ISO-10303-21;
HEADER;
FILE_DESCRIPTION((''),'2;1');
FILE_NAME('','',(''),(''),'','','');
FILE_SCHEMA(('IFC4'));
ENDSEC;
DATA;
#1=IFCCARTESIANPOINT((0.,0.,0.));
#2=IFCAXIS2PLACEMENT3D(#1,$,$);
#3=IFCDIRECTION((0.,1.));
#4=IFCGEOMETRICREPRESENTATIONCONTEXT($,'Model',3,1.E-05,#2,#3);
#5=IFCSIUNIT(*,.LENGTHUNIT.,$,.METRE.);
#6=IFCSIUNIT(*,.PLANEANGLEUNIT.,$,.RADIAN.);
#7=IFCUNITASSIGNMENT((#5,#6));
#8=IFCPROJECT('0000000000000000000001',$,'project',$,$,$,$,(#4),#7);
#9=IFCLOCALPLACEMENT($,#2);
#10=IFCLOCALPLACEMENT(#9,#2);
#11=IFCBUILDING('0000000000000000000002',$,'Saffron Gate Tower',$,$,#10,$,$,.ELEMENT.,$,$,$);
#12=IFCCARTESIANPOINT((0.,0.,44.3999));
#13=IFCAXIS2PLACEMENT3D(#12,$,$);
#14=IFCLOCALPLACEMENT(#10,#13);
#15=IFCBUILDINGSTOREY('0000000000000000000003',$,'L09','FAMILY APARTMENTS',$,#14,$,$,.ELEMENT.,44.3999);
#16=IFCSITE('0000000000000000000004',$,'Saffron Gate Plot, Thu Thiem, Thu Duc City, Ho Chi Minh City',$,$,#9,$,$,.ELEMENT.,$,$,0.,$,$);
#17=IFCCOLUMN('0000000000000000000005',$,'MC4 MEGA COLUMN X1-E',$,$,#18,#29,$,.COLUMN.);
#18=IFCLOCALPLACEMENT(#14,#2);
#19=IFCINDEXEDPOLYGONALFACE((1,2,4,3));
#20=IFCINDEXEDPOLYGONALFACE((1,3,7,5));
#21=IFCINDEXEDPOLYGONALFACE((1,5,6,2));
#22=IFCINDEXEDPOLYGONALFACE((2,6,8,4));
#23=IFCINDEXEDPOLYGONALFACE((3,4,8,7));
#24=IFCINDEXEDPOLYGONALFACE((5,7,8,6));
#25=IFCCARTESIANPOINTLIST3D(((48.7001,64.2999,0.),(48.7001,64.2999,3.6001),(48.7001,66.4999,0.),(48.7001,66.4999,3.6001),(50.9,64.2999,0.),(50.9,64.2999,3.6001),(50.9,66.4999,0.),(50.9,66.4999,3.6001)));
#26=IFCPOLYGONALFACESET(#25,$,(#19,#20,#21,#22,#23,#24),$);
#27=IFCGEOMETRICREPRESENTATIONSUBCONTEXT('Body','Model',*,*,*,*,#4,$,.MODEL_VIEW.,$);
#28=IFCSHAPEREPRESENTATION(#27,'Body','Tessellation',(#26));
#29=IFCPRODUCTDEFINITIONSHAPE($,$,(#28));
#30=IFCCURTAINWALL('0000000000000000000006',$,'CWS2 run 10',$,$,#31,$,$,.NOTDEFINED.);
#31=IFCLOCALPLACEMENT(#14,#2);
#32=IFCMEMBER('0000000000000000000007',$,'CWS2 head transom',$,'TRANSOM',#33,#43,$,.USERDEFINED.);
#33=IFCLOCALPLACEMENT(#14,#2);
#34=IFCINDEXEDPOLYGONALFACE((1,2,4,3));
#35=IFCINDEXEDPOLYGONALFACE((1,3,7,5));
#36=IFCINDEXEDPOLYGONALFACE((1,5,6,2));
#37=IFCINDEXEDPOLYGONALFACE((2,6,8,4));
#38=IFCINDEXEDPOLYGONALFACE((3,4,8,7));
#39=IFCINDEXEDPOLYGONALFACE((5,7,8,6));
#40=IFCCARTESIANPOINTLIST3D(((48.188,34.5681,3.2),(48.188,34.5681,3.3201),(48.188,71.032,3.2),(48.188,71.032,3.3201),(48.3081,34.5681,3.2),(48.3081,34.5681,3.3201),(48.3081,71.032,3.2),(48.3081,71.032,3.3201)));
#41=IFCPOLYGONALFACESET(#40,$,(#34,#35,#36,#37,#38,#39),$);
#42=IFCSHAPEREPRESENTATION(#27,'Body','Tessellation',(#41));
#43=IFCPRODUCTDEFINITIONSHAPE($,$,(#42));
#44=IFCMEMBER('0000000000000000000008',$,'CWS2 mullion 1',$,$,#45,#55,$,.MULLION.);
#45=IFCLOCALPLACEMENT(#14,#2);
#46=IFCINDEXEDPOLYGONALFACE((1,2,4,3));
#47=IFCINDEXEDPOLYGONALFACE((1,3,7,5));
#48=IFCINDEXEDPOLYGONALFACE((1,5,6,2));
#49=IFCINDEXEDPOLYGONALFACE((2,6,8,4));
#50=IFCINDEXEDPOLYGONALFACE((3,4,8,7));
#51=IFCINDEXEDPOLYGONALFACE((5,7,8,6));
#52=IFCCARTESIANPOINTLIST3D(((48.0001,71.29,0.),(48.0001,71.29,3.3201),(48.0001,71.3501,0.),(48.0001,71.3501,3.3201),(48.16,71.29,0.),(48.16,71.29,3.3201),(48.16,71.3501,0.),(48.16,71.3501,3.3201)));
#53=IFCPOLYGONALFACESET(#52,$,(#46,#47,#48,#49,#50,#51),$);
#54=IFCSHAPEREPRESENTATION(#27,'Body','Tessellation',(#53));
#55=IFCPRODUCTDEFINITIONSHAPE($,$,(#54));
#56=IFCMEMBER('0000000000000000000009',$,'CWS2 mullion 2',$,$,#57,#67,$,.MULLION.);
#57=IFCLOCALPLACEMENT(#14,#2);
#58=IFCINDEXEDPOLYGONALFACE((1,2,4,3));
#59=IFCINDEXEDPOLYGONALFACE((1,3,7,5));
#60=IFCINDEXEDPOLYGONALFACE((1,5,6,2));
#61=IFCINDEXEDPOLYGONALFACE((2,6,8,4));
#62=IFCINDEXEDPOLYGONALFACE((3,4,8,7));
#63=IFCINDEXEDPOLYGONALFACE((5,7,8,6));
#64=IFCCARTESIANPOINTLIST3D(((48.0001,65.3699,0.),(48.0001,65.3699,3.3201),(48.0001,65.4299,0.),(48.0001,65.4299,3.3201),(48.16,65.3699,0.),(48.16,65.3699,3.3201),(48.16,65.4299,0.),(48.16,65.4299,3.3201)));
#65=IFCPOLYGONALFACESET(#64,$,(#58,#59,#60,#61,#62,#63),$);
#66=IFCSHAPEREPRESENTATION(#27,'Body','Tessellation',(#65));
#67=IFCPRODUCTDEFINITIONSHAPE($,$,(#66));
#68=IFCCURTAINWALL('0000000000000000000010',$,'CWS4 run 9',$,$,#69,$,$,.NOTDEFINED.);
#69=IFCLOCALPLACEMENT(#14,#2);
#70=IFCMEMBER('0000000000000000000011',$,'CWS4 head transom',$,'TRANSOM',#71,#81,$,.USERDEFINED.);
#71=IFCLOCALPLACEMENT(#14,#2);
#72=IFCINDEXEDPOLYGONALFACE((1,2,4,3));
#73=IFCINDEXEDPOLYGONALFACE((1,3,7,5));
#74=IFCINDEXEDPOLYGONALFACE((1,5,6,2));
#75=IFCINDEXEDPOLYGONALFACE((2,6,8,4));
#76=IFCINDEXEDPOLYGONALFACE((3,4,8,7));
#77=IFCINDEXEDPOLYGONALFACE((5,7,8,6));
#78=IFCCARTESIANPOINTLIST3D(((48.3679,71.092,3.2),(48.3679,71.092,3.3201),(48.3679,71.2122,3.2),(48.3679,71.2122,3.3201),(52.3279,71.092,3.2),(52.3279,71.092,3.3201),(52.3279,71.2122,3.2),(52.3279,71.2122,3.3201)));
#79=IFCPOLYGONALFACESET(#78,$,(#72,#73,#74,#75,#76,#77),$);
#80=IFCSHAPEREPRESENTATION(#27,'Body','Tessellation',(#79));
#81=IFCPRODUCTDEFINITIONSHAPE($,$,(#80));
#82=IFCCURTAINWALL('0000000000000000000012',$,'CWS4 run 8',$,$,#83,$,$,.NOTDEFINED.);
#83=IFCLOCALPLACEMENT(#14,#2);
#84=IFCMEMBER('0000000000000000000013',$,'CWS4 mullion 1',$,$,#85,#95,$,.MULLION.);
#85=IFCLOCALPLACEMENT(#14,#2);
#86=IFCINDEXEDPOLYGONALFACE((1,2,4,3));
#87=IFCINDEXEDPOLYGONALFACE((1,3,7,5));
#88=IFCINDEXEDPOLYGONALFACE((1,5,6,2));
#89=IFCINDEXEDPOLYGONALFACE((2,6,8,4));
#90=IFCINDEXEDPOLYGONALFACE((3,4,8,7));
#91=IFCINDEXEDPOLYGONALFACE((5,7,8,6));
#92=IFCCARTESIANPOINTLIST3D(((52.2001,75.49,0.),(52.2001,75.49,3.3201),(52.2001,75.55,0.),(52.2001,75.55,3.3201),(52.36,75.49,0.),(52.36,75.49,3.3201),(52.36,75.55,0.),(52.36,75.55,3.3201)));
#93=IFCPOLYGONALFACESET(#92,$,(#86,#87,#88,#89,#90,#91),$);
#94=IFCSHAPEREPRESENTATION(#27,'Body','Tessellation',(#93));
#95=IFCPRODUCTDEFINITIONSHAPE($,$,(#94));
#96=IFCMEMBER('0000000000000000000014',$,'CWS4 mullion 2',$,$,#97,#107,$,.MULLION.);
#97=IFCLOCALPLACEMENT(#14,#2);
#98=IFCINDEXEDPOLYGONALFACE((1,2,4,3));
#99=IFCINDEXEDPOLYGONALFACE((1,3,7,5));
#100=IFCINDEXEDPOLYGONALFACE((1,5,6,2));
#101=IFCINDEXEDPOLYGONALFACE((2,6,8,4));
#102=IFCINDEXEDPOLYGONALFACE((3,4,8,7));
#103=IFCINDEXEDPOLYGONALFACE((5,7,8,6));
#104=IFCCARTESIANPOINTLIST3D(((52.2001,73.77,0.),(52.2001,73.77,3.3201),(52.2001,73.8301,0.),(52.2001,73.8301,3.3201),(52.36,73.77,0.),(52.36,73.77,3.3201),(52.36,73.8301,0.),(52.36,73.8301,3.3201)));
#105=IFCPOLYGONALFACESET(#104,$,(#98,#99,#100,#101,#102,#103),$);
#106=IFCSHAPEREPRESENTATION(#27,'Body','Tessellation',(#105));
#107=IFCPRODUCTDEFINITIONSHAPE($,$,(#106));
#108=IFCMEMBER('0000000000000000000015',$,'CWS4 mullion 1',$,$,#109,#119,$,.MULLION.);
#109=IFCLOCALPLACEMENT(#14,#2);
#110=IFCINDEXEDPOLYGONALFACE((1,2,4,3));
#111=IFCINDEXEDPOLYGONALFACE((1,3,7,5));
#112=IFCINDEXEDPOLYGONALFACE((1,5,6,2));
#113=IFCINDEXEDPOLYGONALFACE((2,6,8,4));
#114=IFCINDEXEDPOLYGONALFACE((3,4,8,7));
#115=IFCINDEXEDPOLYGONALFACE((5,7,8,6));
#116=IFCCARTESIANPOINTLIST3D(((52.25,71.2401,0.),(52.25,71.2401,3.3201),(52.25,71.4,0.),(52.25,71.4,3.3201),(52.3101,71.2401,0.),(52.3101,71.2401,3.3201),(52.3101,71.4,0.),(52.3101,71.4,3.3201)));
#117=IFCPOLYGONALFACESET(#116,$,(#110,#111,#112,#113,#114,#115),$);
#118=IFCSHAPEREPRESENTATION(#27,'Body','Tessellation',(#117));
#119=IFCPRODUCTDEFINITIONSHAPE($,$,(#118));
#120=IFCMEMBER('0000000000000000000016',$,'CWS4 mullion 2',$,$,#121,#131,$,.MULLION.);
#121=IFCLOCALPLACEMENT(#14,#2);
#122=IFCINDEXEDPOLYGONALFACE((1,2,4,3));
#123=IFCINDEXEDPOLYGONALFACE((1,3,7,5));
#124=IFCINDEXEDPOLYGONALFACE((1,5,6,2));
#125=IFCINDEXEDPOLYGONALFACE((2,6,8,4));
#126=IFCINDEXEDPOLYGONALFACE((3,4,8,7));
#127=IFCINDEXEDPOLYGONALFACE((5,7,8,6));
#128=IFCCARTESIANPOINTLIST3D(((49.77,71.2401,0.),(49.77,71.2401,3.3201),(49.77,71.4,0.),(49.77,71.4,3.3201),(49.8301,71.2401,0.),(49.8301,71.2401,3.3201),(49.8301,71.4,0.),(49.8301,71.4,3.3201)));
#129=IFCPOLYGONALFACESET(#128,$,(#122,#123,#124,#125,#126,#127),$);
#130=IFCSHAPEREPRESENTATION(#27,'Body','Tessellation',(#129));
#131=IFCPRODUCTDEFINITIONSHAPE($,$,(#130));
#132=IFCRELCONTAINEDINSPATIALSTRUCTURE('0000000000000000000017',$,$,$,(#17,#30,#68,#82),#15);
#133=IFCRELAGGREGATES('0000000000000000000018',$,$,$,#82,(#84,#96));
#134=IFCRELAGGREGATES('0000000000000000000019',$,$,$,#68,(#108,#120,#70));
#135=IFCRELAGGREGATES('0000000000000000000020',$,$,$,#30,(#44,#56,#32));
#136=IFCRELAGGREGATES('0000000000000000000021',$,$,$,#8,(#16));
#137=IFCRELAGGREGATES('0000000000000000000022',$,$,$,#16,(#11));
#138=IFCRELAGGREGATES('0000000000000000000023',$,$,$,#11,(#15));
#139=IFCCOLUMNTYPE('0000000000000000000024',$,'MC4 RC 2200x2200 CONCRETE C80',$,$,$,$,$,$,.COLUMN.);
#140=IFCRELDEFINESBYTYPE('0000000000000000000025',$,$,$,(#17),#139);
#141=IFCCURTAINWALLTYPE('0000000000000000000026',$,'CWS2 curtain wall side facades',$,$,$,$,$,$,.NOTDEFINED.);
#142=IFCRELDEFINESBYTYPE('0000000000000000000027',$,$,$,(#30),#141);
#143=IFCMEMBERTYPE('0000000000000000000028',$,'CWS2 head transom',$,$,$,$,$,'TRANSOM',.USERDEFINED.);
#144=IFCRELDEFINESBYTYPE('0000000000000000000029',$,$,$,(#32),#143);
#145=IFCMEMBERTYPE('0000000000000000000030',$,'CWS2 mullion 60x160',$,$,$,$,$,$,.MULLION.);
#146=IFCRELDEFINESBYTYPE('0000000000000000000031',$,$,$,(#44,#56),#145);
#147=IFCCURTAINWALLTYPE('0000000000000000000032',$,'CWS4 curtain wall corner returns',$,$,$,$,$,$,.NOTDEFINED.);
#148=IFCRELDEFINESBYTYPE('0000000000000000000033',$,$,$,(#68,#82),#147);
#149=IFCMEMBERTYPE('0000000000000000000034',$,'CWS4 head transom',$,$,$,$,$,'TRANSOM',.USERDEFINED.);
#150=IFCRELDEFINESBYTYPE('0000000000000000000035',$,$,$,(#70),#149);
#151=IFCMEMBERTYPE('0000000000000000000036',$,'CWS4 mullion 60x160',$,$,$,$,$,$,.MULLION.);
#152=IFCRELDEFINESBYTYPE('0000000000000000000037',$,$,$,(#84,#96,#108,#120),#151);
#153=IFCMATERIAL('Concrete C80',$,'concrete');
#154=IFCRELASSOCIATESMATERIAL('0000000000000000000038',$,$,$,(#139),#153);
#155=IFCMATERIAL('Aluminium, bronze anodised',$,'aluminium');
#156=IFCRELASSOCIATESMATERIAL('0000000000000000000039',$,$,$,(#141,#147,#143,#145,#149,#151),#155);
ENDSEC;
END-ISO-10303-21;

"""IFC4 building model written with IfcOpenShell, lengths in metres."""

from ifc_helpers import new_model, si_unit, direction, frame, origin, origin_2d, place, context, subcontext, project, spatial, rectangle, extrude, material, material_profile, profile_set, type_object, element, aggregate, save


model = new_model("IFC4")

# Units and contexts
model_context = context("Model", 3, precision=1e-05, world=origin(), true_north=direction((0.0, 1.0)))
body_context = subcontext(model_context, "Body", "Model", "MODEL_VIEW")
ifc_project = project(units=[si_unit("LENGTHUNIT", "METRE"), si_unit("PLANEANGLEUNIT", "RADIAN")], contexts=[model_context])

# Site, building, storey
site_placement = place(None, origin())
site = spatial("IfcSite", under=ifc_project, at=site_placement, Name="Saffron Gate Plot, Thu Thiem, Thu Duc City, Ho Chi Minh City", CompositionType="ELEMENT", RefElevation=0.0)
building_placement = place(site_placement, origin())
building = spatial("IfcBuilding", under=site, at=building_placement, Name="Saffron Gate Tower", CompositionType="ELEMENT")
storey_placement = place(building_placement, frame((0.0, 0.0, 44.3999)))
storey = spatial("IfcBuildingStorey", under=building, at=storey_placement, Name="L09", Description="FAMILY APARTMENTS", CompositionType="ELEMENT", Elevation=44.3999)

# Column
ifc_material_1 = material(Name="Concrete C80", Category="concrete")
ifc_material_profile_1 = material_profile(ifc_material_1, rectangle(XDim=2.2, YDim=2.2, at=origin_2d()))
ifc_profile_set_1 = profile_set([ifc_material_profile_1], Name="Concrete C80")
column_type = type_object("IfcColumnType", Name="MC4 RC 2200x2200 CONCRETE C80", PredefinedType="COLUMN", material=ifc_profile_set_1)
column_placement = place(storey_placement, frame((49.8, 65.3999, 0.0), z_axis=(0.0, 0.0, 1.0), x_axis=(1.0, 0.0, 0.0)))
element("IfcColumn", 1, at=column_placement, inside=storey, type_object=column_type, Name="MC4 MEGA COLUMN X1-E", PredefinedType="COLUMN", context=body_context, shape_type="SweptSolid", body=[
    extrude(rectangle(XDim=2.2, YDim=2.2, at=origin_2d()), origin(), (0.0, 0.0, 1.0), 3.6001),
])

# Curtain wall, members
ifc_material_2 = material(Name="Aluminium, bronze anodised", Category="aluminium")
curtain_wall_type_1 = type_object("IfcCurtainWallType", Name="CWS2 curtain wall side facades", PredefinedType="NOTDEFINED", material=ifc_material_2)
curtain_wall_1_placement = place(storey_placement, origin())
curtain_wall_1 = element("IfcCurtainWall", 2, at=curtain_wall_1_placement, inside=storey, type_object=curtain_wall_type_1, Name="CWS2 run 10", PredefinedType="NOTDEFINED")
ifc_material_profile_2 = material_profile(ifc_material_2, rectangle(XDim=0.1201, YDim=0.1201, at=origin_2d()))
ifc_profile_set_2 = profile_set([ifc_material_profile_2], Name="Aluminium, bronze anodised")
member_type_1 = type_object("IfcMemberType", Name="CWS2 head transom", ElementType="TRANSOM", PredefinedType="USERDEFINED", material=ifc_profile_set_2)
member_1_placement = place(storey_placement, frame((48.248, 71.032, 3.26), z_axis=(0.0, -1.0, 0.0), x_axis=(1.0, 0.0, 0.0)))
member_1 = element("IfcMember", 3, at=member_1_placement, type_object=member_type_1, Name="CWS2 head transom", ObjectType="TRANSOM", PredefinedType="USERDEFINED", context=body_context, shape_type="SweptSolid", body=[
    extrude(rectangle(XDim=0.1201, YDim=0.1201, at=origin_2d()), origin(), (0.0, 0.0, 1.0), 36.4639),
])
ifc_material_profile_3 = material_profile(ifc_material_2, rectangle(XDim=0.1599, YDim=0.0601, at=origin_2d()))
ifc_profile_set_3 = profile_set([ifc_material_profile_3], Name="Aluminium, bronze anodised")
member_type_2 = type_object("IfcMemberType", Name="CWS2 mullion 60x160", PredefinedType="MULLION", material=ifc_profile_set_3)
member_2_placement = place(storey_placement, frame((48.0801, 71.3201, 0.0), z_axis=(0.0, 0.0, 1.0), x_axis=(1.0, 0.0, 0.0)))
member_2 = element("IfcMember", 4, at=member_2_placement, type_object=member_type_2, Name="CWS2 mullion 1", PredefinedType="MULLION", context=body_context, shape_type="SweptSolid", body=[
    extrude(rectangle(XDim=0.1599, YDim=0.0601, at=origin_2d()), origin(), (0.0, 0.0, 1.0), 3.3201),
])
member_3_placement = place(storey_placement, frame((48.0801, 65.3999, 0.0), z_axis=(0.0, 0.0, 1.0), x_axis=(1.0, 0.0, 0.0)))
member_3 = element("IfcMember", 5, at=member_3_placement, type_object=member_type_2, Name="CWS2 mullion 2", PredefinedType="MULLION", context=body_context, shape_type="SweptSolid", body=[
    extrude(rectangle(XDim=0.1599, YDim=0.0601, at=origin_2d()), origin(), (0.0, 0.0, 1.0), 3.3201),
])

# Curtain wall, member
curtain_wall_type_2 = type_object("IfcCurtainWallType", Name="CWS4 curtain wall corner returns", PredefinedType="NOTDEFINED", material=ifc_material_2)
curtain_wall_2_placement = place(storey_placement, origin())
curtain_wall_2 = element("IfcCurtainWall", 6, at=curtain_wall_2_placement, inside=storey, type_object=curtain_wall_type_2, Name="CWS4 run 9", PredefinedType="NOTDEFINED")
ifc_material_profile_4 = material_profile(ifc_material_2, rectangle(XDim=0.1201, YDim=0.1201, at=origin_2d()))
ifc_profile_set_4 = profile_set([ifc_material_profile_4], Name="Aluminium, bronze anodised")
member_type_3 = type_object("IfcMemberType", Name="CWS4 head transom", ElementType="TRANSOM", PredefinedType="USERDEFINED", material=ifc_profile_set_4)
member_4_placement = place(storey_placement, frame((52.3279, 71.1521, 3.26), z_axis=(-1.0, 0.0, 0.0), x_axis=(0.0, -1.0, 0.0)))
member_4 = element("IfcMember", 7, at=member_4_placement, type_object=member_type_3, Name="CWS4 head transom", ObjectType="TRANSOM", PredefinedType="USERDEFINED", context=body_context, shape_type="SweptSolid", body=[
    extrude(rectangle(XDim=0.1201, YDim=0.1201, at=origin_2d()), origin(), (0.0, 0.0, 1.0), 3.96),
])

# Curtain wall, members
curtain_wall_3_placement = place(storey_placement, origin())
curtain_wall_3 = element("IfcCurtainWall", 8, at=curtain_wall_3_placement, inside=storey, type_object=curtain_wall_type_2, Name="CWS4 run 8", PredefinedType="NOTDEFINED")
ifc_material_profile_5 = material_profile(ifc_material_2, rectangle(XDim=0.1599, YDim=0.0601, at=origin_2d()))
ifc_profile_set_5 = profile_set([ifc_material_profile_5], Name="Aluminium, bronze anodised")
member_type_4 = type_object("IfcMemberType", Name="CWS4 mullion 60x160", PredefinedType="MULLION", material=ifc_profile_set_5)
member_5_placement = place(storey_placement, frame((52.28, 75.52, 0.0), z_axis=(0.0, 0.0, 1.0), x_axis=(1.0, 0.0, 0.0)))
member_5 = element("IfcMember", 9, at=member_5_placement, type_object=member_type_4, Name="CWS4 mullion 1", PredefinedType="MULLION", context=body_context, shape_type="SweptSolid", body=[
    extrude(rectangle(XDim=0.1599, YDim=0.0601, at=origin_2d()), origin(), (0.0, 0.0, 1.0), 3.3201),
])
member_6_placement = place(storey_placement, frame((52.28, 73.8, 0.0), z_axis=(0.0, 0.0, 1.0), x_axis=(1.0, 0.0, 0.0)))
member_6 = element("IfcMember", 10, at=member_6_placement, type_object=member_type_4, Name="CWS4 mullion 2", PredefinedType="MULLION", context=body_context, shape_type="SweptSolid", body=[
    extrude(rectangle(XDim=0.1599, YDim=0.0601, at=origin_2d()), origin(), (0.0, 0.0, 1.0), 3.3201),
])
aggregate(curtain_wall_3, [member_5, member_6])

# Members
member_7_placement = place(storey_placement, frame((52.28, 71.3201, 0.0), z_axis=(0.0, 0.0, 1.0), x_axis=(0.0, -1.0, 0.0)))
member_7 = element("IfcMember", 11, at=member_7_placement, type_object=member_type_4, Name="CWS4 mullion 1", PredefinedType="MULLION", context=body_context, shape_type="SweptSolid", body=[
    extrude(rectangle(XDim=0.1599, YDim=0.0601, at=origin_2d()), origin(), (0.0, 0.0, 1.0), 3.3201),
])
member_8_placement = place(storey_placement, frame((49.8, 71.3201, 0.0), z_axis=(0.0, 0.0, 1.0), x_axis=(0.0, -1.0, 0.0)))
member_8 = element("IfcMember", 12, at=member_8_placement, type_object=member_type_4, Name="CWS4 mullion 2", PredefinedType="MULLION", context=body_context, shape_type="SweptSolid", body=[
    extrude(rectangle(XDim=0.1599, YDim=0.0601, at=origin_2d()), origin(), (0.0, 0.0, 1.0), 3.3201),
])
aggregate(curtain_wall_2, [member_7, member_8, member_4])

aggregate(curtain_wall_1, [member_2, member_3, member_1])

save(model, "model.ifc")
